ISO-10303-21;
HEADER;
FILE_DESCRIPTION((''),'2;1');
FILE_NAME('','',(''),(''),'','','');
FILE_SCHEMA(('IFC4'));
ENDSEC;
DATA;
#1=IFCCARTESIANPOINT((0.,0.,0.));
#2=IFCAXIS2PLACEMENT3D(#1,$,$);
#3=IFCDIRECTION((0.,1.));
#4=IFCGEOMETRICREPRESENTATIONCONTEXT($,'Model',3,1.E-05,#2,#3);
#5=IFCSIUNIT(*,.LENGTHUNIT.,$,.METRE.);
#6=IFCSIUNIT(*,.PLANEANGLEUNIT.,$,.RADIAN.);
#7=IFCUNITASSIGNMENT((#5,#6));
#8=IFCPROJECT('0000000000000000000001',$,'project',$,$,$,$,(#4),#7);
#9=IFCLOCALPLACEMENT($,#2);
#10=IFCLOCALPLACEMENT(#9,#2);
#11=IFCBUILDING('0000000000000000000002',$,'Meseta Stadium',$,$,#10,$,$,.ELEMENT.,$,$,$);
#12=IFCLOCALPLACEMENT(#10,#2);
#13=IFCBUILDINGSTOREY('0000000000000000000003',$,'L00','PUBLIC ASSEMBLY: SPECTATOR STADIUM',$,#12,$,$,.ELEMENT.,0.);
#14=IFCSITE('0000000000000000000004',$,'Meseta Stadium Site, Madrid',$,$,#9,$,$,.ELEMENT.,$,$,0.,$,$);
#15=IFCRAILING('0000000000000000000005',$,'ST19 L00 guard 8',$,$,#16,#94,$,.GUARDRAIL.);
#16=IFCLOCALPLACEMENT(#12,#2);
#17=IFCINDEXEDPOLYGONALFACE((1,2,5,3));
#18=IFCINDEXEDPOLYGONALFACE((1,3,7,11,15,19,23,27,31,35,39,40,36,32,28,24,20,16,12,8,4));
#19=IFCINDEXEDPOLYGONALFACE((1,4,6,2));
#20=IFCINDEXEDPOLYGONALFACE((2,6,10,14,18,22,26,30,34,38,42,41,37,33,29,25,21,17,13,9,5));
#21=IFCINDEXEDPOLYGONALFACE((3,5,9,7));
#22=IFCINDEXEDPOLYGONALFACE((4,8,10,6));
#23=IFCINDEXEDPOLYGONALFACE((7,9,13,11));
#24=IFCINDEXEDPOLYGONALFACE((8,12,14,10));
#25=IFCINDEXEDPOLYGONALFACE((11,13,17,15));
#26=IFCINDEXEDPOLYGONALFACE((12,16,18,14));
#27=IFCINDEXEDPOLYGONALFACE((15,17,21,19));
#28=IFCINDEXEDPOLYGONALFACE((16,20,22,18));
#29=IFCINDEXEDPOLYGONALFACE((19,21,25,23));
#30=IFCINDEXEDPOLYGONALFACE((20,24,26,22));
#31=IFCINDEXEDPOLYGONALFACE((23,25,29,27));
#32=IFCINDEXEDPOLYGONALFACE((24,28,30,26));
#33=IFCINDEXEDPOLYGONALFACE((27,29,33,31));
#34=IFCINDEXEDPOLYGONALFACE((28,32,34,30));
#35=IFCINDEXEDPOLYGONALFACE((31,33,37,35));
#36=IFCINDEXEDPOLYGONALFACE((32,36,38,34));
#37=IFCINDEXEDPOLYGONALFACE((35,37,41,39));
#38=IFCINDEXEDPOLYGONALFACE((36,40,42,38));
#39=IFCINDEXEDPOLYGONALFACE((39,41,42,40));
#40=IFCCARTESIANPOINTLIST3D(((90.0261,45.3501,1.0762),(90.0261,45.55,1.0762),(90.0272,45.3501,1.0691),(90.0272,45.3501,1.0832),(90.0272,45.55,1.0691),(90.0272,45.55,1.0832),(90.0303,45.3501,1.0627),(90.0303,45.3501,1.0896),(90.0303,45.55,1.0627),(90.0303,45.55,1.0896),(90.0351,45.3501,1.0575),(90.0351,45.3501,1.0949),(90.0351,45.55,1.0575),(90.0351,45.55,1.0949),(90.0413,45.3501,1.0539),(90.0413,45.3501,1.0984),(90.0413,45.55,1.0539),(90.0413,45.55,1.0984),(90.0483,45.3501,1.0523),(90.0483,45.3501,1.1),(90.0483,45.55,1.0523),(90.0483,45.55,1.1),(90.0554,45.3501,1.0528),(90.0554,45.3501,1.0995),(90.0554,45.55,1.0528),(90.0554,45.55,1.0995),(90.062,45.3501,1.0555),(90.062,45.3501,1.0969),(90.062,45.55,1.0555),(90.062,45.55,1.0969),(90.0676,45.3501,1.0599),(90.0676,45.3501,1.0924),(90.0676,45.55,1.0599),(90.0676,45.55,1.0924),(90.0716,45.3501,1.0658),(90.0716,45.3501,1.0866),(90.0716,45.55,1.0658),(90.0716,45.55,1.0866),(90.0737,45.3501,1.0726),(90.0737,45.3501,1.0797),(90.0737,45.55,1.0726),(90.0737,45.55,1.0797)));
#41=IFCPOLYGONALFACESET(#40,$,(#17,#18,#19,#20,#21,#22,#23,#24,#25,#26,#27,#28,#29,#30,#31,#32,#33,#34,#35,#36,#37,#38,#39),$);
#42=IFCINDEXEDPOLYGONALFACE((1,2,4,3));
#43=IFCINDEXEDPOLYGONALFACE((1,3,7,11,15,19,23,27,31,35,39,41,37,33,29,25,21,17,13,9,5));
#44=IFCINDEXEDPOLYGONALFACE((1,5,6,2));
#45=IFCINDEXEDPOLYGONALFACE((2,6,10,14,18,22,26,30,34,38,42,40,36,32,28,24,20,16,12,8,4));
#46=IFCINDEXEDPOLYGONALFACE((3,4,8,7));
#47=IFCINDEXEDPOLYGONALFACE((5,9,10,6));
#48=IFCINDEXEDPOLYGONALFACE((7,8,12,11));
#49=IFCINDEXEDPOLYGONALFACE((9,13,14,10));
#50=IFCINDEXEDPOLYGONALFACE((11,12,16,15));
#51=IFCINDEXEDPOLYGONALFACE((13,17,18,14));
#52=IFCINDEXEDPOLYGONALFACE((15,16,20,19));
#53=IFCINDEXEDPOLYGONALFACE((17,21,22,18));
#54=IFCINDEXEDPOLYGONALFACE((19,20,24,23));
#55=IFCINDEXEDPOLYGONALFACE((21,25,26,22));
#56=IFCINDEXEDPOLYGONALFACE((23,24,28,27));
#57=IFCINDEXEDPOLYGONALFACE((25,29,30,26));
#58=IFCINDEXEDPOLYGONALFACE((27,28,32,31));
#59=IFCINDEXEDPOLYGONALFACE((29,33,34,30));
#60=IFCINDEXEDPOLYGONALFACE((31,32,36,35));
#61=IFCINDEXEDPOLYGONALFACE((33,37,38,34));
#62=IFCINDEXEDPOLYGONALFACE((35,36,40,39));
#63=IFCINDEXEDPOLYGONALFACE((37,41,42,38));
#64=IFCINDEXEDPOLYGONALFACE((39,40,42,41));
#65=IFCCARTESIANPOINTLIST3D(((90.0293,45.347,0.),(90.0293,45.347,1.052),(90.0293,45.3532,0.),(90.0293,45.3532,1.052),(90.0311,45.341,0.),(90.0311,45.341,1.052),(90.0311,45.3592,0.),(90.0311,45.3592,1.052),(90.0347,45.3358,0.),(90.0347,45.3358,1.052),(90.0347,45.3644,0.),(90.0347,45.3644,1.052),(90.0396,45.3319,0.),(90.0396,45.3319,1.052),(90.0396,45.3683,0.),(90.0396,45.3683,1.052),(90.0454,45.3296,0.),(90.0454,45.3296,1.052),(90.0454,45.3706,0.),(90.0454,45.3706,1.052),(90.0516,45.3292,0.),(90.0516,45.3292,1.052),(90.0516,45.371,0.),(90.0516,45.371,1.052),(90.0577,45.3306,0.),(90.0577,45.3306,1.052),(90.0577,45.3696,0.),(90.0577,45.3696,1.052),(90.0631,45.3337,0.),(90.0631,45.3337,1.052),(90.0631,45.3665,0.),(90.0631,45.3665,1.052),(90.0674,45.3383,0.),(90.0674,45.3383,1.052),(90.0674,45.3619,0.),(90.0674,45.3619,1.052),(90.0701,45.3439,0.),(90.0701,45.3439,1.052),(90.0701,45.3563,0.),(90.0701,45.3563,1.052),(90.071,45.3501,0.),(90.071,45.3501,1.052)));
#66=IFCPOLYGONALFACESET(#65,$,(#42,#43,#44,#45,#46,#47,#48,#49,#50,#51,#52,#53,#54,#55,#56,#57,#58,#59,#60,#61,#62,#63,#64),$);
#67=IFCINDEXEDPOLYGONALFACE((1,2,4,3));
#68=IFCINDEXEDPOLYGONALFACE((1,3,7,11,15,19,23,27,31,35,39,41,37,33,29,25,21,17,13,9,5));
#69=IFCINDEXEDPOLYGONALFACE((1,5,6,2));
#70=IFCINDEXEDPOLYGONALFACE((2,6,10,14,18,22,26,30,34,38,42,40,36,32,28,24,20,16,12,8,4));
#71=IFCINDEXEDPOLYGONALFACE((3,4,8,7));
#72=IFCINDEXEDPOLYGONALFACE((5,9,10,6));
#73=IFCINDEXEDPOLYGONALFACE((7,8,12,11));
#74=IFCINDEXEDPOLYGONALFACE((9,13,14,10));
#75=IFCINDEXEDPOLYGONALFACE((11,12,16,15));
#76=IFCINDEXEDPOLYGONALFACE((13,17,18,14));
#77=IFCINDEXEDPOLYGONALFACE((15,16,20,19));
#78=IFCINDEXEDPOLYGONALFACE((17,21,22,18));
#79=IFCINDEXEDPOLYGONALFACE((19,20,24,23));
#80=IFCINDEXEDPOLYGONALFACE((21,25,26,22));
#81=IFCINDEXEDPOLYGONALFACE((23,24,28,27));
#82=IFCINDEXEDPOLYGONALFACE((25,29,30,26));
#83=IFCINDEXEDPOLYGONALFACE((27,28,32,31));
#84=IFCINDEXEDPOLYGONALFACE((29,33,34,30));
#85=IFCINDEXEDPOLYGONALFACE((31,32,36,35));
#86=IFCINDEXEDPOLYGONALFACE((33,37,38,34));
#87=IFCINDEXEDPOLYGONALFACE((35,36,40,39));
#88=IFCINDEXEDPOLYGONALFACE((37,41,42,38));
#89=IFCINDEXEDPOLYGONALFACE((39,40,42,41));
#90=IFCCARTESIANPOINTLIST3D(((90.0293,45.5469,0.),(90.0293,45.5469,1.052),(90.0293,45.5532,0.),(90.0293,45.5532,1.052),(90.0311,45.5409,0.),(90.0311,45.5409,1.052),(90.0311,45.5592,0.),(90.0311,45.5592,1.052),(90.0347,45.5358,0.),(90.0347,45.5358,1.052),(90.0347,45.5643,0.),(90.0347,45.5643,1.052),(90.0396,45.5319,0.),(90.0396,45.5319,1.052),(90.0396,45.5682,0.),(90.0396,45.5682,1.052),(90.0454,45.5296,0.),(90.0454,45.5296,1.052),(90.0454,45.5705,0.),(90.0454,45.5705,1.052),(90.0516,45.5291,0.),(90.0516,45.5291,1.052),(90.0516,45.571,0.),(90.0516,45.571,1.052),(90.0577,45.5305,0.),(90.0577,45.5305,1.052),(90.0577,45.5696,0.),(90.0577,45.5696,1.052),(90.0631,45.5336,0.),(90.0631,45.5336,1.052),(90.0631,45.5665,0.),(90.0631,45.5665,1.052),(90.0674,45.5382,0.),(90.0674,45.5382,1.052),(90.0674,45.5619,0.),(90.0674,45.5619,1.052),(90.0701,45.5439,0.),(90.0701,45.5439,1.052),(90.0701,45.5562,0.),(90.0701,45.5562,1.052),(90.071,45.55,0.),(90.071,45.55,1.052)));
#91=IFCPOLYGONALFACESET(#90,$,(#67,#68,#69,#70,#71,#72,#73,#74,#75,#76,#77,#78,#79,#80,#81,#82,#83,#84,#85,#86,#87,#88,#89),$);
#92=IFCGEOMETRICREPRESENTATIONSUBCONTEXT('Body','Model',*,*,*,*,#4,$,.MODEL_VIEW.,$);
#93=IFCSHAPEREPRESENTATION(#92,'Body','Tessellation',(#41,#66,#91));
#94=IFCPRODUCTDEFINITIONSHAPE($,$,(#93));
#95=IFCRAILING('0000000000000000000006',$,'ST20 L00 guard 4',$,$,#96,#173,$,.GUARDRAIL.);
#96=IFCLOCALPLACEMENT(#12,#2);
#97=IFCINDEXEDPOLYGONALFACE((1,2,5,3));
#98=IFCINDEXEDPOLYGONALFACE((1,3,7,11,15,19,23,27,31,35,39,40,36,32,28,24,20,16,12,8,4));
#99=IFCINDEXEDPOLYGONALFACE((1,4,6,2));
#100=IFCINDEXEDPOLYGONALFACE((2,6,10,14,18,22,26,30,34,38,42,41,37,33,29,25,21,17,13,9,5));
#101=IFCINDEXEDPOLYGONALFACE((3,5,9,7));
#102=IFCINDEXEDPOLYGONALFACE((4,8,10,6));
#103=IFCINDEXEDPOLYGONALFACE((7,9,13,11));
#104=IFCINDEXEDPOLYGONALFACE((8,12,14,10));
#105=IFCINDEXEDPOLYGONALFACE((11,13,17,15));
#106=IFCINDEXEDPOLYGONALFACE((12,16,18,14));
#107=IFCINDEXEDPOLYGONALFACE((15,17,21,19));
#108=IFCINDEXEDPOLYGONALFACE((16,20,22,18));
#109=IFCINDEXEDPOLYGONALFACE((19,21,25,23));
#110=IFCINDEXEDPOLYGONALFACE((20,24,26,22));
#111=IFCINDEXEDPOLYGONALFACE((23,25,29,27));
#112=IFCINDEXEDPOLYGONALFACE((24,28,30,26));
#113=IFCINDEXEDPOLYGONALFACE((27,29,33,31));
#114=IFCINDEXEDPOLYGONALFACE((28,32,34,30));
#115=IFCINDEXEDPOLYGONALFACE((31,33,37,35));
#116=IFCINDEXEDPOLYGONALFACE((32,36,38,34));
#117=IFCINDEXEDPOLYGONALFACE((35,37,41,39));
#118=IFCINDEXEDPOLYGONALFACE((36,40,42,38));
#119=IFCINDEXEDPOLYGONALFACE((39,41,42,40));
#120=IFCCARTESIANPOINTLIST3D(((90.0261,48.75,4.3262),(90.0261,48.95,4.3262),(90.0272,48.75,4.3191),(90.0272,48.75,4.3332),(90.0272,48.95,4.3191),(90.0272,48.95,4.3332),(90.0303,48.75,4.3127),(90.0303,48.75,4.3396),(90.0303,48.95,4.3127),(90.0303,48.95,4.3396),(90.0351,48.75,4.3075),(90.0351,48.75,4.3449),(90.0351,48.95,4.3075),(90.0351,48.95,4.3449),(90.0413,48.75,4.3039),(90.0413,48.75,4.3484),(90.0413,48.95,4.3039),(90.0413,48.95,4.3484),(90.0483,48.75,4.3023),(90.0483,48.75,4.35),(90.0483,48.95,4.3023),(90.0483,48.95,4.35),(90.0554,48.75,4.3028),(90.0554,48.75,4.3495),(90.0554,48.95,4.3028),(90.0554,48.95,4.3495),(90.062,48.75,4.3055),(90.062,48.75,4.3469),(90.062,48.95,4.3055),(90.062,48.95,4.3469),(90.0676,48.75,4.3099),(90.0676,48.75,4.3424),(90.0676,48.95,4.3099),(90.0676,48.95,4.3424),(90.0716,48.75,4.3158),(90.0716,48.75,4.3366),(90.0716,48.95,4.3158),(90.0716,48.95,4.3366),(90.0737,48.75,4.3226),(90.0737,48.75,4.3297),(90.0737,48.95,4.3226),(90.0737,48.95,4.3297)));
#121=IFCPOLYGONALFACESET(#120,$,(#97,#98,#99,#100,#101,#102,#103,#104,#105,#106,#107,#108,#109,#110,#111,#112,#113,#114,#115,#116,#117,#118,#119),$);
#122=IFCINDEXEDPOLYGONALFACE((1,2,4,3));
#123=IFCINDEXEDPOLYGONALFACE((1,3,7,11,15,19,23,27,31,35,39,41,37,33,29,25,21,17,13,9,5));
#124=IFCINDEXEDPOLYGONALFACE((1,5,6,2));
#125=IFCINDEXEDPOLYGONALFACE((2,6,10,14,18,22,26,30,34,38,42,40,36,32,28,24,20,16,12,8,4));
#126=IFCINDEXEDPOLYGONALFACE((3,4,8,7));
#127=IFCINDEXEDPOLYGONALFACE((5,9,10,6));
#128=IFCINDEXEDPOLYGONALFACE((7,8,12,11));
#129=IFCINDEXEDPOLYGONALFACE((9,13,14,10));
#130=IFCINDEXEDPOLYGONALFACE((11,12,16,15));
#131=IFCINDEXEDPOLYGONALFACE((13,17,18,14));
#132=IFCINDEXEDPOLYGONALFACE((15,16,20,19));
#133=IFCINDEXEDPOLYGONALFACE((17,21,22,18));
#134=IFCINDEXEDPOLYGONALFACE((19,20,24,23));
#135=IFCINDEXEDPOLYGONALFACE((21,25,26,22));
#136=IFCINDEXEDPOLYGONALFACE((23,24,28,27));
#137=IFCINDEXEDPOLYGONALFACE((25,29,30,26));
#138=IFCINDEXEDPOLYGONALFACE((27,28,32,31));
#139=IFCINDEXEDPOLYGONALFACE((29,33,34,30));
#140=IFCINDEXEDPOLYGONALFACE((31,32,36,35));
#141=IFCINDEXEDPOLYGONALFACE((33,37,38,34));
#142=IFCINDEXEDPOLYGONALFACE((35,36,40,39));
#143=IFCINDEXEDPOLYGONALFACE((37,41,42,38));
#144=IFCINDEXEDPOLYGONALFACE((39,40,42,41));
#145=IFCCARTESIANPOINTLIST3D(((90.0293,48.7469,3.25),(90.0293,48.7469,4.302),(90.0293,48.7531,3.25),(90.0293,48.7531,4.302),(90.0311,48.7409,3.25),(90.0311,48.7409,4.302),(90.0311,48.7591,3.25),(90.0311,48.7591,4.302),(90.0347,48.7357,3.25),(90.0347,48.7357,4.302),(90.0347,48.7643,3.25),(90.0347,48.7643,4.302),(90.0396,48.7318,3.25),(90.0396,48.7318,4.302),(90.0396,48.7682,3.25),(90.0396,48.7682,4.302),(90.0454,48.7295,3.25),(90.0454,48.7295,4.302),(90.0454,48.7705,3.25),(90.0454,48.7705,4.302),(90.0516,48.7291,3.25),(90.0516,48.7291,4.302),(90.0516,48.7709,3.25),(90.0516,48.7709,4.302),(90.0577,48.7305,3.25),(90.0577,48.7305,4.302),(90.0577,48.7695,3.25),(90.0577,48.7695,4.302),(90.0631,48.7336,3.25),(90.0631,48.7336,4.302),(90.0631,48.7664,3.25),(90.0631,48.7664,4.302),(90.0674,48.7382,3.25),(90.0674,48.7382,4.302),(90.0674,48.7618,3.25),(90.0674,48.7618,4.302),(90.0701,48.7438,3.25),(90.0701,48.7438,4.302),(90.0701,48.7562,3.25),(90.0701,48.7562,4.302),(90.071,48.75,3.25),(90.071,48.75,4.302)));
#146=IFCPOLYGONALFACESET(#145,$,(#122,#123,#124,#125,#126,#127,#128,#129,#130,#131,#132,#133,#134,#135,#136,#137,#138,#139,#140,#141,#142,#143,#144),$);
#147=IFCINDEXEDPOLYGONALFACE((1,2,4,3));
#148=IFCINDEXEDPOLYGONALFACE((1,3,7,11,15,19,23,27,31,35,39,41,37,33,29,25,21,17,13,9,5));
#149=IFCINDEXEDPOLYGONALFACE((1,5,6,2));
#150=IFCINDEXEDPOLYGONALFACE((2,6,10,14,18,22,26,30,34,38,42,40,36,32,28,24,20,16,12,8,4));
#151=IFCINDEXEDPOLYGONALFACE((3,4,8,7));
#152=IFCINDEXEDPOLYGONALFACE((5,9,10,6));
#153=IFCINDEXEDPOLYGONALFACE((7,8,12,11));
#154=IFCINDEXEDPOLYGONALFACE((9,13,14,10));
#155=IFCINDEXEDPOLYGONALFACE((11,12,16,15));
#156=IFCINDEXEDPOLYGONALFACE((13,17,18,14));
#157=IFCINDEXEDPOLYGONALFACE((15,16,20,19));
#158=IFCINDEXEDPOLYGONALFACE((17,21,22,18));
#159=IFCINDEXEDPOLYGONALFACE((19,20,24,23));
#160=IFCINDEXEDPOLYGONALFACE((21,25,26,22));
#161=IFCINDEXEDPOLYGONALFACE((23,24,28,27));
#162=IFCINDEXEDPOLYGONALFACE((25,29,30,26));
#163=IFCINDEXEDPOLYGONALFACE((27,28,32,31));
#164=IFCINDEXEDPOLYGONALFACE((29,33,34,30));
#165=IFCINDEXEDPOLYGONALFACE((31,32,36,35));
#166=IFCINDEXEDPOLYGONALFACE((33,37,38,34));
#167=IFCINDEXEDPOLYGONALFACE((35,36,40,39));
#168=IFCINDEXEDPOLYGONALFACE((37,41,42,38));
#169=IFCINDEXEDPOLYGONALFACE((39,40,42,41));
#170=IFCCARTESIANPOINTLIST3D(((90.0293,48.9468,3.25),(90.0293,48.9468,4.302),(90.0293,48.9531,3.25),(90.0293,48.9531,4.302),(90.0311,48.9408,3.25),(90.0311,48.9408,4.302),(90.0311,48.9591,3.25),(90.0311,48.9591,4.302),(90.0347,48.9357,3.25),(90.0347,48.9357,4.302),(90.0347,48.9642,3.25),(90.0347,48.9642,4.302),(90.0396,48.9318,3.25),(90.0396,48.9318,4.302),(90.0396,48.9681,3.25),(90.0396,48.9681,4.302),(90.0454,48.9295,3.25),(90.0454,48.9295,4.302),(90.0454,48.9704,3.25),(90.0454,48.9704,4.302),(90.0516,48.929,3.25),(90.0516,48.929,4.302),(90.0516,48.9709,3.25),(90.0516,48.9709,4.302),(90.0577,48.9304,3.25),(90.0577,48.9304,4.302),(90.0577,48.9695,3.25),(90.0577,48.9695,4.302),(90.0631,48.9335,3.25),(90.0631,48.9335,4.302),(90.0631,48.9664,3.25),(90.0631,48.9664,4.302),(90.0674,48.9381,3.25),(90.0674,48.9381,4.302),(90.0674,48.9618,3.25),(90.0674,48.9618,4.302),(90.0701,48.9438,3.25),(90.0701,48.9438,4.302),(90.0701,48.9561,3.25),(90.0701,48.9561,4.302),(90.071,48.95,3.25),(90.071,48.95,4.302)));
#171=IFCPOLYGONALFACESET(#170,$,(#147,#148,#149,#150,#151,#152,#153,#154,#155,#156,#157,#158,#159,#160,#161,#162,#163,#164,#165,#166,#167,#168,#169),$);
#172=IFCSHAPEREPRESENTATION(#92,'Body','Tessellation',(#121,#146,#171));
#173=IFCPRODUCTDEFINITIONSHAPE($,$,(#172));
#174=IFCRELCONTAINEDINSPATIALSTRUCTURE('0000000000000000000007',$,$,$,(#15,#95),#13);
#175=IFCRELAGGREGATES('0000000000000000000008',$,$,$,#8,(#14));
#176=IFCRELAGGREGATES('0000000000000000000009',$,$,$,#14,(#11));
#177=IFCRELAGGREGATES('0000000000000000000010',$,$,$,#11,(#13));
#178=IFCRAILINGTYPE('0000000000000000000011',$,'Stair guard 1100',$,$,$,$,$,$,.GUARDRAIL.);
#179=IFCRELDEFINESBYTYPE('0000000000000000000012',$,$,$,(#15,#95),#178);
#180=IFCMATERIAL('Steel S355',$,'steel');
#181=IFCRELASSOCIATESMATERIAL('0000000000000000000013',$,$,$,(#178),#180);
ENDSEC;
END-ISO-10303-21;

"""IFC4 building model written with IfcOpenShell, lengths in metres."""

from ifc_helpers import new_model, si_unit, direction, frame, origin, origin_2d, place, context, subcontext, project, spatial, circle, extrude, material, type_object, element, save


model = new_model("IFC4")

# Units and contexts
model_context = context("Model", 3, precision=1e-05, world=origin(), true_north=direction((0.0, 1.0)))
body_context = subcontext(model_context, "Body", "Model", "MODEL_VIEW")
ifc_project = project(units=[si_unit("LENGTHUNIT", "METRE"), si_unit("PLANEANGLEUNIT", "RADIAN")], contexts=[model_context])

# Site, building, storey
site_placement = place(None, origin())
site = spatial("IfcSite", under=ifc_project, at=site_placement, Name="Meseta Stadium Site, Madrid", CompositionType="ELEMENT", RefElevation=0.0)
building_placement = place(site_placement, origin())
building = spatial("IfcBuilding", under=site, at=building_placement, Name="Meseta Stadium", CompositionType="ELEMENT")
storey_placement = place(building_placement, origin())
storey = spatial("IfcBuildingStorey", under=building, at=storey_placement, Name="L00", Description="PUBLIC ASSEMBLY: SPECTATOR STADIUM", CompositionType="ELEMENT", Elevation=0.0)

# Railings
ifc_material_1 = material(Name="Steel S355", Category="steel")
railing_type_1 = type_object("IfcRailingType", Name="Stair guard 1100", PredefinedType="GUARDRAIL", material=ifc_material_1)
for number, where, name in (
    (1, (90.05, 45.3501, 0.0), "ST19 L00 guard 8"),
    (2, (90.05, 48.75, 3.25), "ST20 L00 guard 4"),
):
    element("IfcRailing", number, at=place(storey_placement, frame(where)), inside=storey, type_object=railing_type_1, Name=name, PredefinedType="GUARDRAIL", context=body_context, shape_type="SweptSolid", body=[
        extrude(circle(Radius=0.0239, at=origin_2d()), frame((0.0, 0.0, 1.0762), z_axis=(0.0, 1.0, 0.0), x_axis=(-1.0, 0.0, 0.0)), (0.0, 0.0, 1.0), 0.2),
        extrude(circle(Radius=0.021, at=origin_2d()), origin(), (0.0, 0.0, 1.0), 1.052),
        extrude(circle(Radius=0.021, at=origin_2d()), frame((0.0, 0.2, 0.0)), (0.0, 0.0, 1.0), 1.052),
    ])

save(model, "model.ifc")
